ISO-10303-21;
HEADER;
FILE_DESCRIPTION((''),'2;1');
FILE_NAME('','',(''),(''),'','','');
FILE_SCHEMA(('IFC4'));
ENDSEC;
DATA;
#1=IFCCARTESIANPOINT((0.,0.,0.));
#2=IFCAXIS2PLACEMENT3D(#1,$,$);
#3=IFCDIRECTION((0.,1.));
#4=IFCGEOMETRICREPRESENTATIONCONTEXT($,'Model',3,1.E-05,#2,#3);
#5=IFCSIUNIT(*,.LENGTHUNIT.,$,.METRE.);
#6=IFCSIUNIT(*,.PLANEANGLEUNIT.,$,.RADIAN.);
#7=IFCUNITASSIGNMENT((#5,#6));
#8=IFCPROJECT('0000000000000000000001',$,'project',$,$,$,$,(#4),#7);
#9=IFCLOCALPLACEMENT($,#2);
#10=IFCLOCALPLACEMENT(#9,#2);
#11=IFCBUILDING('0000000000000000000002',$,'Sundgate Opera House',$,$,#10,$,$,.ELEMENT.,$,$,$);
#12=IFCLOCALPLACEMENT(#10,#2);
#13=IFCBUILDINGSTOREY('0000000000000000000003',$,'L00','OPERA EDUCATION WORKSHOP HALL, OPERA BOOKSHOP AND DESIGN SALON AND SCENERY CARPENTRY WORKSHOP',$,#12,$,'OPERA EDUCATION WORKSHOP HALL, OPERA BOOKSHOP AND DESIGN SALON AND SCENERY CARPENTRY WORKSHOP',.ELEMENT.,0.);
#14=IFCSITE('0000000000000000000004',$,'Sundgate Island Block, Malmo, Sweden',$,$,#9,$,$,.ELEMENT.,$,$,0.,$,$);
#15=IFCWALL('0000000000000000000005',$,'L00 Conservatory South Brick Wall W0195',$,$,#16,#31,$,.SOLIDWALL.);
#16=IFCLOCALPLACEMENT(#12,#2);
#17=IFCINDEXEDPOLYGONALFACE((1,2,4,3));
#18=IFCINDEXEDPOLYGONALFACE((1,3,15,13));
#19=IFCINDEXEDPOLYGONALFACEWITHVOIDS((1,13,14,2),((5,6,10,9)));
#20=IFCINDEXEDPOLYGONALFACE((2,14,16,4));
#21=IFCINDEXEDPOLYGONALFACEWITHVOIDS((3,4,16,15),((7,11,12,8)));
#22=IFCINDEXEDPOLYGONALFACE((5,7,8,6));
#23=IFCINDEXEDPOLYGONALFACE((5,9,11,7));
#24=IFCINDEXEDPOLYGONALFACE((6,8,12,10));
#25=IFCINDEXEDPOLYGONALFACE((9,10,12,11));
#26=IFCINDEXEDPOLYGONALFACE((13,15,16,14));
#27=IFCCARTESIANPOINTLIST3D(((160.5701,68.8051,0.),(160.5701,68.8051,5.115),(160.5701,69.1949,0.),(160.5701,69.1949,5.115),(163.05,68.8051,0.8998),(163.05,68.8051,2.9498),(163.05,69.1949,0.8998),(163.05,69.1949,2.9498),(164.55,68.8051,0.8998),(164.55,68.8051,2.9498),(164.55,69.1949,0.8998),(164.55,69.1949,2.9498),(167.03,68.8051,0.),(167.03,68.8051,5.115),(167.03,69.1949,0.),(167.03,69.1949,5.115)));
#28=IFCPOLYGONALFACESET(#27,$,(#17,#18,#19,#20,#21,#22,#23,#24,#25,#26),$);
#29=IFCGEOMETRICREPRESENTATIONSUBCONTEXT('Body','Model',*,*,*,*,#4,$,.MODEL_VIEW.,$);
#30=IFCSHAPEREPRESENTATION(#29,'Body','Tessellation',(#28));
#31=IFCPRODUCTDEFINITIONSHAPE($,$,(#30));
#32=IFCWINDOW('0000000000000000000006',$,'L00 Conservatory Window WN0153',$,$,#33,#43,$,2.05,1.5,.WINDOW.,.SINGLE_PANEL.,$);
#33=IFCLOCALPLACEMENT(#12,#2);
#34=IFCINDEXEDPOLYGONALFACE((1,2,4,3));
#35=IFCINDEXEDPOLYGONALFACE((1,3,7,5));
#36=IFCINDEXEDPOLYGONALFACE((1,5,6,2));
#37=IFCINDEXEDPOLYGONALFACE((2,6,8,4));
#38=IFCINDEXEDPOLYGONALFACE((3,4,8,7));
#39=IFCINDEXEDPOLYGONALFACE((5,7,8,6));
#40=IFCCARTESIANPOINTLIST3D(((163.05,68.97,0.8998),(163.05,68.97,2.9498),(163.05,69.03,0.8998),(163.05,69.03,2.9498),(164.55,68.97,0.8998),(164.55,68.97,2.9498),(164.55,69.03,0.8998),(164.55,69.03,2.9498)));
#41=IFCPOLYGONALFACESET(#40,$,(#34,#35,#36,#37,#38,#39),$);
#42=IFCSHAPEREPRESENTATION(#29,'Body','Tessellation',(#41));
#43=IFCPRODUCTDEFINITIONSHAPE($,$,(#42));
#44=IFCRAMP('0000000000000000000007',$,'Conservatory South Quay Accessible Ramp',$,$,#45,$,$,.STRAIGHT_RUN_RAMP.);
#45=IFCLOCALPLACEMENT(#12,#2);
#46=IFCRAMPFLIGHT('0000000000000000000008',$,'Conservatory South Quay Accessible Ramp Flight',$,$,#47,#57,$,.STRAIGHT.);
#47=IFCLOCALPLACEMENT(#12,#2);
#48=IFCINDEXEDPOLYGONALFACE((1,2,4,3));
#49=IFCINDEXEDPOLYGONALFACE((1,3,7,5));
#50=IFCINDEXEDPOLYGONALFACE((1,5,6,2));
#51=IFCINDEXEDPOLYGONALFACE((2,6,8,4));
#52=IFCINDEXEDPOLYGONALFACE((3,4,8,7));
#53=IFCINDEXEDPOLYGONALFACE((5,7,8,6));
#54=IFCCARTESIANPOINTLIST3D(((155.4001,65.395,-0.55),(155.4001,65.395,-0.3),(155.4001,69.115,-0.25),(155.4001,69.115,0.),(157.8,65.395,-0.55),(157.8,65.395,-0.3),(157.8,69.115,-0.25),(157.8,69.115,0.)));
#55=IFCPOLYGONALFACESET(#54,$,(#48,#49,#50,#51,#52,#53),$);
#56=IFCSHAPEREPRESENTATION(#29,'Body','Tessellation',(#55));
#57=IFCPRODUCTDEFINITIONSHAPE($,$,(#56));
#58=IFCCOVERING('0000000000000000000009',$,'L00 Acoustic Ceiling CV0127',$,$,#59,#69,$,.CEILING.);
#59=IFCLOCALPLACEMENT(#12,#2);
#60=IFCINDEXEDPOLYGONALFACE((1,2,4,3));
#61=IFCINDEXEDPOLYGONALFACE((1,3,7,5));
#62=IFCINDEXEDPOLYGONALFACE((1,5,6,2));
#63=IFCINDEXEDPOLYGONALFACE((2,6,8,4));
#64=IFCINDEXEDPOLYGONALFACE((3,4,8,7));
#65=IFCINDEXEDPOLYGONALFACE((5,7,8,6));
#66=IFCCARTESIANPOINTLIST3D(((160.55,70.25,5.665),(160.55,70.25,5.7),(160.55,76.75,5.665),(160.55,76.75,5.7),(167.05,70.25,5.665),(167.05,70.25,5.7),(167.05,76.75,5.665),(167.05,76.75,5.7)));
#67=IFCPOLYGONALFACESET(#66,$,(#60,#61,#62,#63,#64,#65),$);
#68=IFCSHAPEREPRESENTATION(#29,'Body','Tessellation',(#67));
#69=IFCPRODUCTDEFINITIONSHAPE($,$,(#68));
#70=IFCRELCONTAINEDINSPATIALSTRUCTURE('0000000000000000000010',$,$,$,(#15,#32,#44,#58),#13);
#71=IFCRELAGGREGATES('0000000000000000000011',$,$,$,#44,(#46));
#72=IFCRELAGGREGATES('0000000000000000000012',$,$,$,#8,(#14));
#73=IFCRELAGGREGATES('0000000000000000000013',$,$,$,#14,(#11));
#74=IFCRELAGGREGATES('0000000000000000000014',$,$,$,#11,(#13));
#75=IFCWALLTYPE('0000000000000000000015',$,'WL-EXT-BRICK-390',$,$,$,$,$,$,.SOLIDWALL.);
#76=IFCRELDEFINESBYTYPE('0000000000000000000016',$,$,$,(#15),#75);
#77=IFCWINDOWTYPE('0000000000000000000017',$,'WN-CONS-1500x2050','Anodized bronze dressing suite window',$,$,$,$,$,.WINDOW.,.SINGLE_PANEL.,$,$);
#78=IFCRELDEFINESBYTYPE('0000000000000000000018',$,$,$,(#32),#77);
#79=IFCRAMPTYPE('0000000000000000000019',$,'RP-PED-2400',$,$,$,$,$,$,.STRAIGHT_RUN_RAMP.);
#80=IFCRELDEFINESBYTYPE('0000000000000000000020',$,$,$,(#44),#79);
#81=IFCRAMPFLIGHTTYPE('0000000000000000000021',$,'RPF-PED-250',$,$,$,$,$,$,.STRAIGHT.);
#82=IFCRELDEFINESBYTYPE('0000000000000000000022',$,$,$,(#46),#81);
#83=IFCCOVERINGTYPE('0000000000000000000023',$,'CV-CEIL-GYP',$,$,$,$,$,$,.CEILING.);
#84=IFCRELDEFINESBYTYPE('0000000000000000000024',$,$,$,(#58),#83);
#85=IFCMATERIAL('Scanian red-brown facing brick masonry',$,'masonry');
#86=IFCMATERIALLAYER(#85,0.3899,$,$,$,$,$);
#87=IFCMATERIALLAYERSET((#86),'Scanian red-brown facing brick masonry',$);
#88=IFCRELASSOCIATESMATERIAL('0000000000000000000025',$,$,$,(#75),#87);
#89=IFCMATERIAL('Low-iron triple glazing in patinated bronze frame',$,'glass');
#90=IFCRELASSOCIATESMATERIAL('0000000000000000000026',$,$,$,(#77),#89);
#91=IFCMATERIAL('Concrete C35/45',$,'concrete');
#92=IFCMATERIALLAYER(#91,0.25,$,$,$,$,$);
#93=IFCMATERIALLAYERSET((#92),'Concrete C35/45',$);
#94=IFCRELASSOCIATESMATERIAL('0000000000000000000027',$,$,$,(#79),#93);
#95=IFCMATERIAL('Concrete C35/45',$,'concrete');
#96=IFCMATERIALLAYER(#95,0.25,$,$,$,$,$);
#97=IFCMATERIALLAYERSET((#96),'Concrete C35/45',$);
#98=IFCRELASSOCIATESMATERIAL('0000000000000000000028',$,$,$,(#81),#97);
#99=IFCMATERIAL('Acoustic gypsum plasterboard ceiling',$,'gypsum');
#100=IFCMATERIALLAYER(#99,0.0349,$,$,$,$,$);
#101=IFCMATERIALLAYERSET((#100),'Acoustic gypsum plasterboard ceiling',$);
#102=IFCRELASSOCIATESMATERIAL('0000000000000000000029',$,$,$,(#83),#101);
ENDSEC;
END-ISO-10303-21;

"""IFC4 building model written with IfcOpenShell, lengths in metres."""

from ifc_helpers import new_model, si_unit, direction, frame, frame_2d, origin, origin_2d, place, context, subcontext, project, spatial, polyline, rectangle, outline, extrude, material, layer, layer_set, type_object, element, fill, aggregate, save


model = new_model("IFC4")

# Units and contexts
model_context = context("Model", 3, precision=1e-05, world=origin(), true_north=direction((0.0, 1.0)))
body_context = subcontext(model_context, "Body", "Model", "MODEL_VIEW")
ifc_project = project(units=[si_unit("LENGTHUNIT", "METRE"), si_unit("PLANEANGLEUNIT", "RADIAN")], contexts=[model_context])

# Site, building, storey
site_placement = place(None, origin())
site = spatial("IfcSite", under=ifc_project, at=site_placement, Name="Sundgate Island Block, Malmo, Sweden", CompositionType="ELEMENT", RefElevation=0.0)
building_placement = place(site_placement, origin())
building = spatial("IfcBuilding", under=site, at=building_placement, Name="Sundgate Opera House", CompositionType="ELEMENT")
storey_placement = place(building_placement, origin())
storey = spatial("IfcBuildingStorey", under=building, at=storey_placement, Name="L00", Description="OPERA EDUCATION WORKSHOP HALL, OPERA BOOKSHOP AND DESIGN SALON AND SCENERY CARPENTRY WORKSHOP", LongName="OPERA EDUCATION WORKSHOP HALL, OPERA BOOKSHOP AND DESIGN SALON AND SCENERY CARPENTRY WORKSHOP", CompositionType="ELEMENT", Elevation=0.0)

# Wall, opening, window
ifc_material_1 = material(Name="Scanian red-brown facing brick masonry", Category="masonry")
ifc_layer_1 = layer(ifc_material_1, 0.3899)
ifc_layer_set_1 = layer_set([ifc_layer_1], Name="Scanian red-brown facing brick masonry")
wall_type = type_object("IfcWallType", Name="WL-EXT-BRICK-390", PredefinedType="SOLIDWALL", material=ifc_layer_set_1)
wall_1_placement = place(storey_placement, frame((167.03, 69.0, 0.0), z_axis=(0.0, 0.0, 1.0), x_axis=(-1.0, 0.0, 0.0)))
wall_1 = element("IfcWall", 1, at=wall_1_placement, inside=storey, type_object=wall_type, Name="L00 Conservatory South Brick Wall W0195", PredefinedType="SOLIDWALL", context=body_context, shape_type="SweptSolid", body=[
    extrude(rectangle(XDim=6.46, YDim=0.3899, at=frame_2d((3.23, 0.0))), origin(), (0.0, 0.0, 1.0), 5.115),
])
opening_1_placement = place(wall_1_placement, frame((2.48, 0.0, 0.8999)))
opening_1 = element("IfcOpeningElement", 2, at=opening_1_placement, cuts=wall_1, PredefinedType="OPENING", context=body_context, shape_type="SweptSolid", body=[
    extrude(rectangle(XDim=1.5, YDim=2.05, at=frame_2d((0.75, 1.0249))), frame((0.0, 0.2048, 0.0), z_axis=(0.0, -1.0, 0.0), x_axis=(1.0, 0.0, 0.0)), (0.0, 0.0, 1.0), 0.4099),
])
ifc_material_2 = material(Name="Low-iron triple glazing in patinated bronze frame", Category="glass")
window_type_1 = type_object("IfcWindowType", Name="WN-CONS-1500x2050", Description="Anodized bronze dressing suite window", PartitioningType="SINGLE_PANEL", PredefinedType="WINDOW", material=ifc_material_2)
window_1_placement = place(opening_1_placement, origin())
window_1 = element("IfcWindow", 3, at=window_1_placement, inside=storey, type_object=window_type_1, Name="L00 Conservatory Window WN0153", OverallHeight=2.05, OverallWidth=1.5, PartitioningType="SINGLE_PANEL", PredefinedType="WINDOW", context=body_context, shape_type="SweptSolid", body=[
    extrude(rectangle(XDim=1.5, YDim=2.05, at=frame_2d((0.75, 1.0249))), frame((0.0, 0.03, 0.0), z_axis=(0.0, -1.0, 0.0), x_axis=(1.0, 0.0, 0.0)), (0.0, 0.0, 1.0), 0.0601),
])
fill(opening_1, window_1)

# Ramp, ramp flight
ifc_material_3 = material(Name="Concrete C35/45", Category="concrete")
ifc_layer_2 = layer(ifc_material_3, 0.25)
ifc_layer_set_2 = layer_set([ifc_layer_2], Name="Concrete C35/45")
ramp_type = type_object("IfcRampType", Name="RP-PED-2400", PredefinedType="STRAIGHT_RUN_RAMP", material=ifc_layer_set_2)
ramp_placement = place(storey_placement, origin())
ramp = element("IfcRamp", 4, at=ramp_placement, inside=storey, type_object=ramp_type, Name="Conservatory South Quay Accessible Ramp", PredefinedType="STRAIGHT_RUN_RAMP")
ifc_material_4 = material(Name="Concrete C35/45", Category="concrete")
ifc_layer_3 = layer(ifc_material_4, 0.25)
ifc_layer_set_3 = layer_set([ifc_layer_3], Name="Concrete C35/45")
ramp_flight_type = type_object("IfcRampFlightType", Name="RPF-PED-250", PredefinedType="STRAIGHT", material=ifc_layer_set_3)
ramp_flight_placement = place(storey_placement, frame((156.6001, 65.395, -0.3), z_axis=(0.0, 0.0, 1.0), x_axis=(0.0, 1.0, 0.0)))
ramp_flight = element("IfcRampFlight", 5, at=ramp_flight_placement, type_object=ramp_flight_type, Name="Conservatory South Quay Accessible Ramp Flight", PredefinedType="STRAIGHT", context=body_context, shape_type="SweptSolid", body=[
    extrude(outline(polyline([(0.0, 0.0), (0.0, -0.25), (3.72, 0.05), (3.72, 0.3), (0.0, 0.0)])), frame((0.0, 1.2, 0.0), z_axis=(0.0, -1.0, 0.0), x_axis=(1.0, 0.0, 0.0)), (0.0, 0.0, 1.0), 2.3999),
])
aggregate(ramp, [ramp_flight])

# Covering
ifc_material_5 = material(Name="Acoustic gypsum plasterboard ceiling", Category="gypsum")
ifc_layer_4 = layer(ifc_material_5, 0.0349)
ifc_layer_set_4 = layer_set([ifc_layer_4], Name="Acoustic gypsum plasterboard ceiling")
covering_type = type_object("IfcCoveringType", Name="CV-CEIL-GYP", PredefinedType="CEILING", material=ifc_layer_set_4)
covering_placement = place(storey_placement, frame((163.8, 73.5, 5.665), z_axis=(0.0, 0.0, 1.0), x_axis=(1.0, 0.0, 0.0)))
element("IfcCovering", 6, at=covering_placement, inside=storey, type_object=covering_type, Name="L00 Acoustic Ceiling CV0127", PredefinedType="CEILING", context=body_context, shape_type="SweptSolid", body=[
    extrude(rectangle(XDim=6.5, YDim=6.5, at=origin_2d()), origin(), (0.0, 0.0, 1.0), 0.0349),
])

save(model, "model.ifc")
